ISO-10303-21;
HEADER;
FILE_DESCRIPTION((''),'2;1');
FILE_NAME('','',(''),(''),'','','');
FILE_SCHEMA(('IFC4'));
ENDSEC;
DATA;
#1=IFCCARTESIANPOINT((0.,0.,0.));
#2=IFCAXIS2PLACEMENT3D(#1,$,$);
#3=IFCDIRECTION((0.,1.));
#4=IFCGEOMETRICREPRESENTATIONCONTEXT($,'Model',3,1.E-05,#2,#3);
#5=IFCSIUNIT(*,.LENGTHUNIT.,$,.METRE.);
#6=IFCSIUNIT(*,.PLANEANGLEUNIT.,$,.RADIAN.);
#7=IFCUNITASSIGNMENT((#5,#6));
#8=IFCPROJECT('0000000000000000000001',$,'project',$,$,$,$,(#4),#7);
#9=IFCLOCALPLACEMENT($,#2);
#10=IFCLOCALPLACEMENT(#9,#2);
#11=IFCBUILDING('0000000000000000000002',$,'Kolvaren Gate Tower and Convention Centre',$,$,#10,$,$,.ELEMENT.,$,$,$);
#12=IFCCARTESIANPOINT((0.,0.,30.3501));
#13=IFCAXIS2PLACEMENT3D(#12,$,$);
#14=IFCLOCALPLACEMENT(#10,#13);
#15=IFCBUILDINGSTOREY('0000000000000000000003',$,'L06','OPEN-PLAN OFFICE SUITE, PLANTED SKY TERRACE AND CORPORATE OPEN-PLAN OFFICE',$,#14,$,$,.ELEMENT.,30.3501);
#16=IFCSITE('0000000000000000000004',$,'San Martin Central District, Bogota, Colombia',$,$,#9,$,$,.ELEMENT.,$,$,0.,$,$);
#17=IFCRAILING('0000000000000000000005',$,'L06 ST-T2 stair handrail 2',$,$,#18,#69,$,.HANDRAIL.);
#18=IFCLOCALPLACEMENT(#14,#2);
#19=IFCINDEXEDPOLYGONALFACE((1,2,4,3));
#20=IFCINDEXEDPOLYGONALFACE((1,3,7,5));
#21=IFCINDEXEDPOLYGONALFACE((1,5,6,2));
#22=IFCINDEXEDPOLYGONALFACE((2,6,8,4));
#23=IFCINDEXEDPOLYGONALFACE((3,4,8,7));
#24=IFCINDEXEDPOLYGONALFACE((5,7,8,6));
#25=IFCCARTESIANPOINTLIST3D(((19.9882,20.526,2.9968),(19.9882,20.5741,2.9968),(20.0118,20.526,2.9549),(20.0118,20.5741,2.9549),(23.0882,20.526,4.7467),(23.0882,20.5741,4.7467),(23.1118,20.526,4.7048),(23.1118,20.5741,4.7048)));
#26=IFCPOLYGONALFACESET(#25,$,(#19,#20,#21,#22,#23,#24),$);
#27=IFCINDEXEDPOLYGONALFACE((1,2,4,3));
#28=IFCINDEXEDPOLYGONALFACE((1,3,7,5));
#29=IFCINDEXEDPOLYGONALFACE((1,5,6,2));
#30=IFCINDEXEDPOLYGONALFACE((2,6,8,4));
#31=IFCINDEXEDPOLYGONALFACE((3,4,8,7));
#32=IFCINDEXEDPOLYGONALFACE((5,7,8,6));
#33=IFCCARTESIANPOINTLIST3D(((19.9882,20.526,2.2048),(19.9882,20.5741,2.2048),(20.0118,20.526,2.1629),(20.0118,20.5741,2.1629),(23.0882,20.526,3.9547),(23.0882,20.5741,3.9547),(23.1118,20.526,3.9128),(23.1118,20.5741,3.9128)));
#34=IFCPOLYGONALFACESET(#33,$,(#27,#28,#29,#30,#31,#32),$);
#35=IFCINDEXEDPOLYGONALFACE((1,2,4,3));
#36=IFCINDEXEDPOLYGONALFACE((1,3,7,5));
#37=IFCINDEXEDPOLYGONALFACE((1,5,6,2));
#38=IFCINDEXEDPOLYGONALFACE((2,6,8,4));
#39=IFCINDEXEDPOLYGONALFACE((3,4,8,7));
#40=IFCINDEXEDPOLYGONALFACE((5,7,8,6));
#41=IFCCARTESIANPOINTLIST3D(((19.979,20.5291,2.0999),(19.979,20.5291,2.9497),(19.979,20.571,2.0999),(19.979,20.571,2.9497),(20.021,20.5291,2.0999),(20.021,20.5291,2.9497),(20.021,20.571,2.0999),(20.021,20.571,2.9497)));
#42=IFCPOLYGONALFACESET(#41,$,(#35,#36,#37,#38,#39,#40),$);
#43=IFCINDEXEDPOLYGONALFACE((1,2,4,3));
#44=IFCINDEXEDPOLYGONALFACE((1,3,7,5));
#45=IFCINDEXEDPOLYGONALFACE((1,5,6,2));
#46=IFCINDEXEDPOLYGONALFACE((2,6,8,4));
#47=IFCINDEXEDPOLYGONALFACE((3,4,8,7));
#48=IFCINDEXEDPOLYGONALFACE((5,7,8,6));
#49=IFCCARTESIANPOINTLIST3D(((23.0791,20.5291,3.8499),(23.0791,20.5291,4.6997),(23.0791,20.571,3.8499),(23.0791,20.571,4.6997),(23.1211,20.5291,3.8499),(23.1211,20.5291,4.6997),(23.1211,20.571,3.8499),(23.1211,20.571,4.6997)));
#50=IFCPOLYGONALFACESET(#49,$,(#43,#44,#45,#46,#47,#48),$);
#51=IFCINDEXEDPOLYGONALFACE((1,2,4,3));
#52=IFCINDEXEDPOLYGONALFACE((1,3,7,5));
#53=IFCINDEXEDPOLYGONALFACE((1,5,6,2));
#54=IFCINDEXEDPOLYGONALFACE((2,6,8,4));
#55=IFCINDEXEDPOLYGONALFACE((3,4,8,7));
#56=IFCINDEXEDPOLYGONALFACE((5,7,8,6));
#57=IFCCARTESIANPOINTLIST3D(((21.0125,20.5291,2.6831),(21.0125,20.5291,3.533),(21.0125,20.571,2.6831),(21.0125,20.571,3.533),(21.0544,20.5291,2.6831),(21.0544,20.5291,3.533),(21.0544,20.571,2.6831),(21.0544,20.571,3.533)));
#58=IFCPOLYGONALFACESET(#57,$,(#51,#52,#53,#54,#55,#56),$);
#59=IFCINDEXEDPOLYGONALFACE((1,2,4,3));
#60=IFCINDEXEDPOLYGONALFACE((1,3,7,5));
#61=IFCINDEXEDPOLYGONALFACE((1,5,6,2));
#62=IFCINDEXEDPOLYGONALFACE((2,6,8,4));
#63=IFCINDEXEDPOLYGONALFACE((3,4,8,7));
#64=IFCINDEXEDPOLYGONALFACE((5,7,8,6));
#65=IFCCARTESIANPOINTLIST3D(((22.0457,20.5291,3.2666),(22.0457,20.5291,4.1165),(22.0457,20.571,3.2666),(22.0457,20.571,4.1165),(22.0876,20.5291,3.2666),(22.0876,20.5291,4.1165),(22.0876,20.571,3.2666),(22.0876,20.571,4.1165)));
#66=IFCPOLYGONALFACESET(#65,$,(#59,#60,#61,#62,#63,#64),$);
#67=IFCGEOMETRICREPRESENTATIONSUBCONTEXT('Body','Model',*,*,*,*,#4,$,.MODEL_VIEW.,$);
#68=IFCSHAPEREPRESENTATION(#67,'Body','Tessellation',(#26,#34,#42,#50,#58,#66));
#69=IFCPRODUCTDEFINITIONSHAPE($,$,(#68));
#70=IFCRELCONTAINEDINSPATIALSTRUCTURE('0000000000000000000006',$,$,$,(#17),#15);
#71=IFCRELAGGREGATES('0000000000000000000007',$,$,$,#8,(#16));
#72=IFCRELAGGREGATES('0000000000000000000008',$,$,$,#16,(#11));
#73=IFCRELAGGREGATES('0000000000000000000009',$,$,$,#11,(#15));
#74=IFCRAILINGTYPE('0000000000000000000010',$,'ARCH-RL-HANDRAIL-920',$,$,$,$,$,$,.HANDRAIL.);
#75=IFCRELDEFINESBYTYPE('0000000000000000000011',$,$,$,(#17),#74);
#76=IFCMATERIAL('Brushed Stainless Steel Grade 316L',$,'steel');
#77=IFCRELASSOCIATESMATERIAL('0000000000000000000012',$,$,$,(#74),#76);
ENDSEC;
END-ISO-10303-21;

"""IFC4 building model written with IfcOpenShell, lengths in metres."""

from ifc_helpers import new_model, si_unit, direction, frame, origin, origin_2d, place, context, subcontext, project, spatial, rectangle, extrude, material, type_object, element, save


model = new_model("IFC4")

# Units and contexts
model_context = context("Model", 3, precision=1e-05, world=origin(), true_north=direction((0.0, 1.0)))
body_context = subcontext(model_context, "Body", "Model", "MODEL_VIEW")
ifc_project = project(units=[si_unit("LENGTHUNIT", "METRE"), si_unit("PLANEANGLEUNIT", "RADIAN")], contexts=[model_context])

# Site, building, storey
site_placement = place(None, origin())
site = spatial("IfcSite", under=ifc_project, at=site_placement, Name="San Martin Central District, Bogota, Colombia", CompositionType="ELEMENT", RefElevation=0.0)
building_placement = place(site_placement, origin())
building = spatial("IfcBuilding", under=site, at=building_placement, Name="Kolvaren Gate Tower and Convention Centre", CompositionType="ELEMENT")
storey_placement = place(building_placement, frame((0.0, 0.0, 30.3501)))
storey = spatial("IfcBuildingStorey", under=building, at=storey_placement, Name="L06", Description="OPEN-PLAN OFFICE SUITE, PLANTED SKY TERRACE AND CORPORATE OPEN-PLAN OFFICE", CompositionType="ELEMENT", Elevation=30.3501)

# Shared definitions
ifc_material_1 = material(Name="Brushed Stainless Steel Grade 316L", Category="steel")

# Railing
railing_type_1 = type_object("IfcRailingType", Name="ARCH-RL-HANDRAIL-920", PredefinedType="HANDRAIL", material=ifc_material_1)
railing_1_placement = place(storey_placement, frame((20.0, 20.55, 2.0999)))
element("IfcRailing", 1, at=railing_1_placement, inside=storey, type_object=railing_type_1, Name="L06 ST-T2 stair handrail 2", PredefinedType="HANDRAIL", context=body_context, shape_type="SweptSolid", body=[
    extrude(rectangle(XDim=0.0481, YDim=0.0481, at=origin_2d()), frame((0.0, 0.0, 0.876), z_axis=(0.870831, 0.0, 0.491583), x_axis=(0.0, 1.0, 0.0)), (0.0, 0.0, 1.0), 3.5598),
    extrude(rectangle(XDim=0.0481, YDim=0.0481, at=origin_2d()), frame((0.0, 0.0, 0.084), z_axis=(0.870831, 0.0, 0.491583), x_axis=(0.0, 1.0, 0.0)), (0.0, 0.0, 1.0), 3.5598),
    extrude(rectangle(XDim=0.042, YDim=0.042, at=origin_2d()), origin(), (0.0, 0.0, 1.0), 0.8499),
    extrude(rectangle(XDim=0.042, YDim=0.042, at=origin_2d()), frame((3.1001, 0.0, 1.75)), (0.0, 0.0, 1.0), 0.8499),
    extrude(rectangle(XDim=0.042, YDim=0.042, at=origin_2d()), frame((1.0334, 0.0, 0.5833)), (0.0, 0.0, 1.0), 0.8499),
    extrude(rectangle(XDim=0.042, YDim=0.042, at=origin_2d()), frame((2.0667, 0.0, 1.1667)), (0.0, 0.0, 1.0), 0.8499),
])

save(model, "model.ifc")
